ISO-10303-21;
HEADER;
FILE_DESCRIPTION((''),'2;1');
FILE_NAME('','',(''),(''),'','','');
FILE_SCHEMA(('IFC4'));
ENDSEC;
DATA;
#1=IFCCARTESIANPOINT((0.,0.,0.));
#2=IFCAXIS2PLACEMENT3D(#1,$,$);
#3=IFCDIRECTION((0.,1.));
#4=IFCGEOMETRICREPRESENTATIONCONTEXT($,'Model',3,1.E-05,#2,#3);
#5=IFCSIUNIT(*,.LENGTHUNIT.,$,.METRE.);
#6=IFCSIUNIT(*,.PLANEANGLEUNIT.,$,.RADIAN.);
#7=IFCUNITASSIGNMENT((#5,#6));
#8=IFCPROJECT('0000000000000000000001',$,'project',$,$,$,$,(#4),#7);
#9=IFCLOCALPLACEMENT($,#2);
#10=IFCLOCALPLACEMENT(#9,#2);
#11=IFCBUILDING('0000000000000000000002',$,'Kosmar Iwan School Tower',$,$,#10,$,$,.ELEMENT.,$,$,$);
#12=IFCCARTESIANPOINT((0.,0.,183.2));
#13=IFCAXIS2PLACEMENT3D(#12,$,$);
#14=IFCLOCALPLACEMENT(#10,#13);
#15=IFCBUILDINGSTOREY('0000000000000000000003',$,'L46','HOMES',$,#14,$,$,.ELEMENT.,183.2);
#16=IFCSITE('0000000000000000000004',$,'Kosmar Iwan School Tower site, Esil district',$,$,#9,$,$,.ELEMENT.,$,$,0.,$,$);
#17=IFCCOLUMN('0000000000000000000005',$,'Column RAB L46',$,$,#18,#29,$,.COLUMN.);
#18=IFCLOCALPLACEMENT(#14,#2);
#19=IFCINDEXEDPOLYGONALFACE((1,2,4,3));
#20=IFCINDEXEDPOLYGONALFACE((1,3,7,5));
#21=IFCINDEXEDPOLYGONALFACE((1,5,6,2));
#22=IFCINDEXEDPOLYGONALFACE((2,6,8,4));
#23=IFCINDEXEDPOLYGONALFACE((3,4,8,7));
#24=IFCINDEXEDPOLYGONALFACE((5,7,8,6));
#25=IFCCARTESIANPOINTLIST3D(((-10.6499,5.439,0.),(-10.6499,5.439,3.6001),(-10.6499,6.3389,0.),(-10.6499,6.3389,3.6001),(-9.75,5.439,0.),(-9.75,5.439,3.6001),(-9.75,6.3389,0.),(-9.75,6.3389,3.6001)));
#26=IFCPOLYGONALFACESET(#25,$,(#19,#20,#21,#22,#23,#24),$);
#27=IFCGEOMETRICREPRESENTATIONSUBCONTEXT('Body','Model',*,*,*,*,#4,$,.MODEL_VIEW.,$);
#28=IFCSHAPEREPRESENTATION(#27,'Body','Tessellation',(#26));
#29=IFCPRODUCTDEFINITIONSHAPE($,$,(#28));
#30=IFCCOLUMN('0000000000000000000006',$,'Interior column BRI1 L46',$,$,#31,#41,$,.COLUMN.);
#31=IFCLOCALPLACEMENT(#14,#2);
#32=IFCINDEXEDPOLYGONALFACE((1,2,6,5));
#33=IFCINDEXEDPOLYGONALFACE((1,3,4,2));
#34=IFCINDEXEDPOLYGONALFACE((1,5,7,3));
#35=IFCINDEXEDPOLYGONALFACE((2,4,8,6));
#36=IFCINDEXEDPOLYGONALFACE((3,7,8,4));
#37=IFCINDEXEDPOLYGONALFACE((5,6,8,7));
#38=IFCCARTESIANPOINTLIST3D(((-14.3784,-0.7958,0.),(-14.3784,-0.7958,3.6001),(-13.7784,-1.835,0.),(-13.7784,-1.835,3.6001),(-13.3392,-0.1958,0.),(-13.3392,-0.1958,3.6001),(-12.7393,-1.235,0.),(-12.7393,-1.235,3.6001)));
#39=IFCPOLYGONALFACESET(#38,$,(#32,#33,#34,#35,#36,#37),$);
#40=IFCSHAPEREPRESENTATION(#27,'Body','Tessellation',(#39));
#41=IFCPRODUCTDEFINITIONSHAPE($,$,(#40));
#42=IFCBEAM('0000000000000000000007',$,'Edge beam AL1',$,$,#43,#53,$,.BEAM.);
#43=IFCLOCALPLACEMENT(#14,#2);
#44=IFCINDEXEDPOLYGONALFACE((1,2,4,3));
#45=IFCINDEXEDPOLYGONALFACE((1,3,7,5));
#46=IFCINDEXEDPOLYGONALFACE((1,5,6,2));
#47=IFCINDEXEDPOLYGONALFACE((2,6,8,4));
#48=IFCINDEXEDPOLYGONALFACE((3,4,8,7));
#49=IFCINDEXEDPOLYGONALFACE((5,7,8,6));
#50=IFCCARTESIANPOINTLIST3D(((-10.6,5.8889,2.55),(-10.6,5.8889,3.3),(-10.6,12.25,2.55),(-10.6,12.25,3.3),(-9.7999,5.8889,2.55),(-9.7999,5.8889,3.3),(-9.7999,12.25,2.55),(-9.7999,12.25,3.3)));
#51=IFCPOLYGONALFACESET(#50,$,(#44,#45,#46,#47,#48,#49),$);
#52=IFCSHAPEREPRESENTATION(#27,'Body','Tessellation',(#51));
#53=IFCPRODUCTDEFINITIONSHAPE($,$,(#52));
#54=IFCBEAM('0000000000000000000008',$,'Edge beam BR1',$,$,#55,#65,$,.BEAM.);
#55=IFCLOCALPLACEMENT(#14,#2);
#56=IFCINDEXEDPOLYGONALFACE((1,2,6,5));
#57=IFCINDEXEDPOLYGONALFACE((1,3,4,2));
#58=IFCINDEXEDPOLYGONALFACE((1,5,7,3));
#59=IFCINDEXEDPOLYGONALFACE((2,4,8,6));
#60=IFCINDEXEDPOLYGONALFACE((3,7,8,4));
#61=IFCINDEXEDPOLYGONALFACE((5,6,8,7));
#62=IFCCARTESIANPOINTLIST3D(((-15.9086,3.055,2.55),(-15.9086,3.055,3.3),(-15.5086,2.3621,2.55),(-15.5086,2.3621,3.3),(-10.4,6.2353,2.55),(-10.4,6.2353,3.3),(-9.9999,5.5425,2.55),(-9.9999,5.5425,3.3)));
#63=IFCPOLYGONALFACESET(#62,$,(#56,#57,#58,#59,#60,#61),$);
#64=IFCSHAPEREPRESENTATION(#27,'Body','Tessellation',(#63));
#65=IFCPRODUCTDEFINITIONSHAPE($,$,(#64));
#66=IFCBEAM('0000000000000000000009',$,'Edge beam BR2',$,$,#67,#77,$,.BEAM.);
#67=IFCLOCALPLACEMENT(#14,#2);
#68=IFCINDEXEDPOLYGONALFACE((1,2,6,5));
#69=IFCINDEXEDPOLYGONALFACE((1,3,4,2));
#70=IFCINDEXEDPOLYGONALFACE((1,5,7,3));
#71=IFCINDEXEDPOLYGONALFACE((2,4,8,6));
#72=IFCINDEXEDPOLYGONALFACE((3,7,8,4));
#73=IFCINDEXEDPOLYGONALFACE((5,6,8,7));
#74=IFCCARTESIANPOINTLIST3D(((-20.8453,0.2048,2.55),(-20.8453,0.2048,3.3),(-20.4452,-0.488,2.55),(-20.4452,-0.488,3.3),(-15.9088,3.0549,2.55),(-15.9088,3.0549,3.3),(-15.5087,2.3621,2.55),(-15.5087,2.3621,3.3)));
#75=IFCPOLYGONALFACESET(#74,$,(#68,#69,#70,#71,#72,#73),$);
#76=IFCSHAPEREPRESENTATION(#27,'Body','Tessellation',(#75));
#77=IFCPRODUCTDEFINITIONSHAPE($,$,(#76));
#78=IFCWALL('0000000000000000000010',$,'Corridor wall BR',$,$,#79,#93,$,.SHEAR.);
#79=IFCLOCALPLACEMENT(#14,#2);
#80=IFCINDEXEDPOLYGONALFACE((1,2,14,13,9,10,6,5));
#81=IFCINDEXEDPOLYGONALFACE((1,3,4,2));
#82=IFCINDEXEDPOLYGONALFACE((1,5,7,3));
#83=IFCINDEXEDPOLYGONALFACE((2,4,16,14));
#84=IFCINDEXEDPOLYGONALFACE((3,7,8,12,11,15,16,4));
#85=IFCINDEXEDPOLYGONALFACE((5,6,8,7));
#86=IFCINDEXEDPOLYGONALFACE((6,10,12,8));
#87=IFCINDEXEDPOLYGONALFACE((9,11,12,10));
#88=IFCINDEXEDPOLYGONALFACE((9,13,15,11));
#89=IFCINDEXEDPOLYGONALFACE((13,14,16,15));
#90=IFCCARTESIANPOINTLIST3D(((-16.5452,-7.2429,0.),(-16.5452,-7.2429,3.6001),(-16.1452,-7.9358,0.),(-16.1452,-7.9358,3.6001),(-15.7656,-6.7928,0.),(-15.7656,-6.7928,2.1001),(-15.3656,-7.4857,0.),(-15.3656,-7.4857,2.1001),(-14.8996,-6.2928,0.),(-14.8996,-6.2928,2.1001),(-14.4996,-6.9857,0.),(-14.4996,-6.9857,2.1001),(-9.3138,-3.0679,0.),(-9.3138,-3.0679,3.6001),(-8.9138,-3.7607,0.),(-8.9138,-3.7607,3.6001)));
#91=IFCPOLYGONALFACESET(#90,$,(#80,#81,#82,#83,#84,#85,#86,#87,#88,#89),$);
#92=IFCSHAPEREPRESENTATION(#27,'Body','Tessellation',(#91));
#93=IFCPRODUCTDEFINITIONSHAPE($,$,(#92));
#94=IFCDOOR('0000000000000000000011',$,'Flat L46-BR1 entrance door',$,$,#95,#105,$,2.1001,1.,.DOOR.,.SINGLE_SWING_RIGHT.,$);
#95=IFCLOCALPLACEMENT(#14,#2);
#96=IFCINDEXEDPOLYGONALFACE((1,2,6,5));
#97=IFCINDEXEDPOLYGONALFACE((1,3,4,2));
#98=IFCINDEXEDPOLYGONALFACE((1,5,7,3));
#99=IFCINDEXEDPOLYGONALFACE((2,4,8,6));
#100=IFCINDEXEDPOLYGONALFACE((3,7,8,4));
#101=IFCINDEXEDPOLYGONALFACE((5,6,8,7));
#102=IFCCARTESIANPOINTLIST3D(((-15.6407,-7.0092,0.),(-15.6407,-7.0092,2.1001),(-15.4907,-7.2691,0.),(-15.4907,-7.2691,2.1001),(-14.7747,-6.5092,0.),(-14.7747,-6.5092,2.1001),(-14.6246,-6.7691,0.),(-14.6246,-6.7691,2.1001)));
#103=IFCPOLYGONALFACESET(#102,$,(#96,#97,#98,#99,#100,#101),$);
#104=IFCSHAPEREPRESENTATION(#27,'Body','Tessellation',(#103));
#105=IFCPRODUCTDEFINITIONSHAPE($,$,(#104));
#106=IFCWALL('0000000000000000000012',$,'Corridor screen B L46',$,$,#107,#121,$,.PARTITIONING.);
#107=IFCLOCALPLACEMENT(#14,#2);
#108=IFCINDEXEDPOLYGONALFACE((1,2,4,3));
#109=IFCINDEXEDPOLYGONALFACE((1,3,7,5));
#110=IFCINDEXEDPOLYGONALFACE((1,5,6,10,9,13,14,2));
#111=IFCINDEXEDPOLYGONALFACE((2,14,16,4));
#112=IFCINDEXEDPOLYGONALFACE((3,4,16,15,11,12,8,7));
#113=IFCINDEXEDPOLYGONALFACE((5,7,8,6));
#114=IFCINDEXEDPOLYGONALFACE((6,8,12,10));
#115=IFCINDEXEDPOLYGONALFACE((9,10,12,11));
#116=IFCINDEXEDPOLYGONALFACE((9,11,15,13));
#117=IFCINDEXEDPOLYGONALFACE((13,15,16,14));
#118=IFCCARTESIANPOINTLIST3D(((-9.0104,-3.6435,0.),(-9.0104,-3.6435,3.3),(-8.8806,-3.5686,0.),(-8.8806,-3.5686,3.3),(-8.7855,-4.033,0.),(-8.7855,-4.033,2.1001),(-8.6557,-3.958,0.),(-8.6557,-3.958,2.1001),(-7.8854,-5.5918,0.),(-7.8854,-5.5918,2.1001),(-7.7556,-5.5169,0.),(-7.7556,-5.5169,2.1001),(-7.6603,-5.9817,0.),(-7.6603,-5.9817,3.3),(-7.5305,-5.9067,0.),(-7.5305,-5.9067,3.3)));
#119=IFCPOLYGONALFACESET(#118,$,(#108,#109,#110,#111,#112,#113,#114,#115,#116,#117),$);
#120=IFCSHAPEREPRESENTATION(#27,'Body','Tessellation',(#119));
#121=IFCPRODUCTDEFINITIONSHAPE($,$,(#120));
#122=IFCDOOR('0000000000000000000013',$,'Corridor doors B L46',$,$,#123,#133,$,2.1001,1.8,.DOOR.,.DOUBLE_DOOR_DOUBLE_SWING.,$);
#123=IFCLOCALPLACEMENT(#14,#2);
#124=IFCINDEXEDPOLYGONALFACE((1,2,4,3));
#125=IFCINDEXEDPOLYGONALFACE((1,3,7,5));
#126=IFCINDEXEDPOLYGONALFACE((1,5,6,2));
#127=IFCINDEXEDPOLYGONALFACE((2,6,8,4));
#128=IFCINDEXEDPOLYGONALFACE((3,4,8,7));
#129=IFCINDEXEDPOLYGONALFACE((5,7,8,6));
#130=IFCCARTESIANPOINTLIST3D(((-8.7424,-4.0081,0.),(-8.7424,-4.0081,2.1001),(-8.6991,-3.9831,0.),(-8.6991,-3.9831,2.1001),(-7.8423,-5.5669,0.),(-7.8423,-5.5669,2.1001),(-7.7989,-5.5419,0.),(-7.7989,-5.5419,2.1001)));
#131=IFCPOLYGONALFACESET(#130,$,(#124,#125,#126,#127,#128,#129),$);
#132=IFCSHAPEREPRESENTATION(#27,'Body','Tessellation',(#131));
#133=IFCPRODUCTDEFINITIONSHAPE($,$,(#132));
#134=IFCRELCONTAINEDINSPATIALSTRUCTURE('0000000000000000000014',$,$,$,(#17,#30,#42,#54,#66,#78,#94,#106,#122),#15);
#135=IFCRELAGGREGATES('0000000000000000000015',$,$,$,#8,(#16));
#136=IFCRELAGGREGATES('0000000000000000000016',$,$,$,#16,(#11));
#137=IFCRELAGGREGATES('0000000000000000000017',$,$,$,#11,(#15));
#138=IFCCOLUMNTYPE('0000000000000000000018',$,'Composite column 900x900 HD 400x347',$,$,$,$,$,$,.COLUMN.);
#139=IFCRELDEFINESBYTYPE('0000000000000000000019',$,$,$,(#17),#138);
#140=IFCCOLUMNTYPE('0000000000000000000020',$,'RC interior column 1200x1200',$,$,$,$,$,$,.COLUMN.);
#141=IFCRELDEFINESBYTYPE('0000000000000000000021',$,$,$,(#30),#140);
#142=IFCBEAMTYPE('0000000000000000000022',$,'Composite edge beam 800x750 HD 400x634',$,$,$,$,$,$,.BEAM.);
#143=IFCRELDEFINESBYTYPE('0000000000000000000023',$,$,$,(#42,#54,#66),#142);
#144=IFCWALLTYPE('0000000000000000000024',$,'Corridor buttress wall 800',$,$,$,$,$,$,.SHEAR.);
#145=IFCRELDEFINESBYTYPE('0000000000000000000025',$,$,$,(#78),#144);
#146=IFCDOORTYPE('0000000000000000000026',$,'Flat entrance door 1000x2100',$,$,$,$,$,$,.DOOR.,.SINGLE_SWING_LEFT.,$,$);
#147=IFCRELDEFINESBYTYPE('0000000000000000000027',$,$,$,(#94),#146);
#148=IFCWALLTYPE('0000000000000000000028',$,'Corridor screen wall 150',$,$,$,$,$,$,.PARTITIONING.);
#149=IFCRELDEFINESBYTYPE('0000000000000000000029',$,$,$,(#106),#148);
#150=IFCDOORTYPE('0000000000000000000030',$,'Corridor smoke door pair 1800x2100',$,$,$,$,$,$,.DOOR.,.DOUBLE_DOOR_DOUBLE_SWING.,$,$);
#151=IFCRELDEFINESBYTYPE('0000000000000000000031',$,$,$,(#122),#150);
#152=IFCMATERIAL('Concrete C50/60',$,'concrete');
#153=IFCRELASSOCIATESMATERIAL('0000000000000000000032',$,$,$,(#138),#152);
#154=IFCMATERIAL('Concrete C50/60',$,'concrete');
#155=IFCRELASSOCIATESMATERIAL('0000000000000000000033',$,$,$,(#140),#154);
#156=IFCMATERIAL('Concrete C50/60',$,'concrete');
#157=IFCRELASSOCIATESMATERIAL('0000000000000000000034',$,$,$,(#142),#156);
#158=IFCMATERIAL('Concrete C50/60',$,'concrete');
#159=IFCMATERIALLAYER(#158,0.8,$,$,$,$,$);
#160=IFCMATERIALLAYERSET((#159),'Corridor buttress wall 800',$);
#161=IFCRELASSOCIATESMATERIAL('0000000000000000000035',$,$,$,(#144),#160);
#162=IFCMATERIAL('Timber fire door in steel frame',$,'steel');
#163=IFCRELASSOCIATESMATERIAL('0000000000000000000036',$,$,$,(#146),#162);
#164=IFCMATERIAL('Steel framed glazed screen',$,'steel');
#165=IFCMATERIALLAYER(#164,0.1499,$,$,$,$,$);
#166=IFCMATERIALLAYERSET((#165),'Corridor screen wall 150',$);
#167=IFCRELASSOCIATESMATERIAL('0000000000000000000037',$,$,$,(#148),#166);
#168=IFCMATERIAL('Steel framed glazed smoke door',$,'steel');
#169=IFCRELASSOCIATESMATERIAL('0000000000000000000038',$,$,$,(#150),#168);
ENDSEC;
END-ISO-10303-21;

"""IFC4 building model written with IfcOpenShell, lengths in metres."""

from ifc_helpers import new_model, si_unit, direction, frame, frame_2d, origin, origin_2d, place, context, subcontext, project, spatial, rectangle, extrude, material, layer, layer_set, material_profile, profile_set, type_object, element, fill, save


model = new_model("IFC4")

# Units and contexts
model_context = context("Model", 3, precision=1e-05, world=origin(), true_north=direction((0.0, 1.0)))
body_context = subcontext(model_context, "Body", "Model", "MODEL_VIEW")
ifc_project = project(units=[si_unit("LENGTHUNIT", "METRE"), si_unit("PLANEANGLEUNIT", "RADIAN")], contexts=[model_context])

# Site, building, storey
site_placement = place(None, origin())
site = spatial("IfcSite", under=ifc_project, at=site_placement, Name="Kosmar Iwan School Tower site, Esil district", CompositionType="ELEMENT", RefElevation=0.0)
building_placement = place(site_placement, origin())
building = spatial("IfcBuilding", under=site, at=building_placement, Name="Kosmar Iwan School Tower", CompositionType="ELEMENT")
storey_placement = place(building_placement, frame((0.0, 0.0, 183.2)))
storey = spatial("IfcBuildingStorey", under=building, at=storey_placement, Name="L46", Description="HOMES", CompositionType="ELEMENT", Elevation=183.2)

# Columns
ifc_material_1 = material(Name="Concrete C50/60", Category="concrete")
ifc_material_profile_1 = material_profile(ifc_material_1, rectangle(XDim=0.8999, YDim=0.8999, at=origin_2d()), Name="RC 900x900 + HD 400x347")
ifc_profile_set_1 = profile_set([ifc_material_profile_1], Name="Concrete C50/60")
column_type_1 = type_object("IfcColumnType", Name="Composite column 900x900 HD 400x347", PredefinedType="COLUMN", material=ifc_profile_set_1)
column_1_placement = place(storey_placement, frame((-10.2, 5.8889, 0.0), z_axis=(0.0, 0.0, 1.0), x_axis=(1.0, 0.0, 0.0)))
element("IfcColumn", 1, at=column_1_placement, inside=storey, type_object=column_type_1, Name="Column RAB L46", PredefinedType="COLUMN", context=body_context, shape_type="SweptSolid", body=[
    extrude(rectangle(XDim=0.8999, YDim=0.8999, at=origin_2d()), origin(), (0.0, 0.0, 1.0), 3.6001),
])
ifc_material_2 = material(Name="Concrete C50/60", Category="concrete")
ifc_material_profile_2 = material_profile(ifc_material_2, rectangle(XDim=1.2, YDim=1.2, at=origin_2d()), Name="RC 1200x1200")
ifc_profile_set_2 = profile_set([ifc_material_profile_2], Name="Concrete C50/60")
column_type_2 = type_object("IfcColumnType", Name="RC interior column 1200x1200", PredefinedType="COLUMN", material=ifc_profile_set_2)
column_2_placement = place(storey_placement, frame((-13.5588, -1.0154, 0.0), z_axis=(0.0, 0.0, 1.0), x_axis=(-0.866025, -0.5, 0.0)))
element("IfcColumn", 2, at=column_2_placement, inside=storey, type_object=column_type_2, Name="Interior column BRI1 L46", PredefinedType="COLUMN", context=body_context, shape_type="SweptSolid", body=[
    extrude(rectangle(XDim=1.2, YDim=1.2, at=origin_2d()), origin(), (0.0, 0.0, 1.0), 3.6001),
])

# Beams
ifc_material_3 = material(Name="Concrete C50/60", Category="concrete")
ifc_material_profile_3 = material_profile(ifc_material_3, rectangle(XDim=0.8, YDim=0.75, at=origin_2d()), Name="RC 800x750 + HD 400x634")
ifc_profile_set_3 = profile_set([ifc_material_profile_3], Name="Concrete C50/60")
beam_type = type_object("IfcBeamType", Name="Composite edge beam 800x750 HD 400x634", PredefinedType="BEAM", material=ifc_profile_set_3)
beam_1_placement = place(storey_placement, frame((-10.2, 5.8889, 2.925), z_axis=(0.0, 1.0, 0.0), x_axis=(-1.0, 0.0, 0.0)))
element("IfcBeam", 3, at=beam_1_placement, inside=storey, type_object=beam_type, Name="Edge beam AL1", PredefinedType="BEAM", context=body_context, shape_type="SweptSolid", body=[
    extrude(rectangle(XDim=0.8, YDim=0.75, at=origin_2d()), origin(), (0.0, 0.0, 1.0), 6.3611),
])
beam_2_placement = place(storey_placement, frame((-10.2, 5.8889, 2.925), z_axis=(-0.866031, -0.49999, 0.0), x_axis=(0.49999, -0.866031, 0.0)))
element("IfcBeam", 4, at=beam_2_placement, inside=storey, type_object=beam_type, Name="Edge beam BR1", PredefinedType="BEAM", context=body_context, shape_type="SweptSolid", body=[
    extrude(rectangle(XDim=0.8, YDim=0.75, at=origin_2d()), origin(), (0.0, 0.0, 1.0), 6.3608),
])
beam_3_placement = place(storey_placement, frame((-15.7087, 2.7085, 2.925), z_axis=(-0.866026, -0.499999, 0.0), x_axis=(0.499999, -0.866026, 0.0)))
element("IfcBeam", 5, at=beam_3_placement, inside=storey, type_object=beam_type, Name="Edge beam BR2", PredefinedType="BEAM", context=body_context, shape_type="SweptSolid", body=[
    extrude(rectangle(XDim=0.8, YDim=0.75, at=origin_2d()), origin(), (0.0, 0.0, 1.0), 5.7002),
])

# Walls, openings, doors
ifc_material_4 = material(Name="Concrete C50/60", Category="concrete")
ifc_layer_1 = layer(ifc_material_4, 0.8)
ifc_layer_set_1 = layer_set([ifc_layer_1], Name="Corridor buttress wall 800")
wall_type_1 = type_object("IfcWallType", Name="Corridor buttress wall 800", PredefinedType="SHEAR", material=ifc_layer_set_1)
wall_1_placement = place(storey_placement, frame((-9.1138, -3.4143, 0.0), z_axis=(0.0, 0.0, 1.0), x_axis=(-0.866027, -0.499997, 0.0)))
wall_1 = element("IfcWall", 6, at=wall_1_placement, inside=storey, type_object=wall_type_1, Name="Corridor wall BR", PredefinedType="SHEAR", context=body_context, shape_type="SweptSolid", body=[
    extrude(rectangle(XDim=8.3501, YDim=0.8, at=frame_2d((4.175, 0.0))), origin(), (0.0, 0.0, 1.0), 3.6001),
])
opening_1_placement = place(wall_1_placement, frame((6.45, 0.0, 0.0)))
opening_1 = element("IfcOpeningElement", 7, at=opening_1_placement, cuts=wall_1, PredefinedType="OPENING", context=body_context, shape_type="SweptSolid", body=[
    extrude(rectangle(XDim=1.0, YDim=2.1001, at=frame_2d((0.5, 1.05))), frame((0.0, 0.4121, 0.0), z_axis=(0.0, -1.0, 0.0), x_axis=(1.0, 0.0, 0.0)), (0.0, 0.0, 1.0), 0.824),
])
ifc_material_5 = material(Name="Timber fire door in steel frame", Category="steel")
door_type_1 = type_object("IfcDoorType", Name="Flat entrance door 1000x2100", OperationType="SINGLE_SWING_LEFT", PredefinedType="DOOR", material=ifc_material_5)
door_1_placement = place(opening_1_placement, origin())
door_1 = element("IfcDoor", 8, at=door_1_placement, inside=storey, type_object=door_type_1, Name="Flat L46-BR1 entrance door", OperationType="SINGLE_SWING_RIGHT", OverallHeight=2.1001, OverallWidth=1.0, PredefinedType="DOOR", context=body_context, shape_type="SweptSolid", body=[
    extrude(rectangle(XDim=1.0, YDim=2.1001, at=frame_2d((0.5, 1.05))), frame((0.0, 0.1499, 0.0), z_axis=(0.0, -1.0, 0.0), x_axis=(1.0, 0.0, 0.0)), (0.0, 0.0, 1.0), 0.3),
])
fill(opening_1, door_1)
ifc_material_6 = material(Name="Steel framed glazed screen", Category="steel")
ifc_layer_2 = layer(ifc_material_6, 0.1499)
ifc_layer_set_2 = layer_set([ifc_layer_2], Name="Corridor screen wall 150")
wall_type_2 = type_object("IfcWallType", Name="Corridor screen wall 150", PredefinedType="PARTITIONING", material=ifc_layer_set_2)
wall_2_placement = place(storey_placement, frame((-8.9456, -3.606, 0.0), z_axis=(0.0, 0.0, 1.0), x_axis=(0.500049, -0.865997, 0.0)))
wall_2 = element("IfcWall", 9, at=wall_2_placement, inside=storey, type_object=wall_type_2, Name="Corridor screen B L46", PredefinedType="PARTITIONING", context=body_context, shape_type="SweptSolid", body=[
    extrude(rectangle(XDim=2.7, YDim=0.1499, at=frame_2d((1.3501, 0.0))), origin(), (0.0, 0.0, 1.0), 3.3),
])
opening_2_placement = place(wall_2_placement, frame((0.45, 0.0, 0.0)))
opening_2 = element("IfcOpeningElement", 10, at=opening_2_placement, cuts=wall_2, PredefinedType="OPENING", context=body_context, shape_type="SweptSolid", body=[
    extrude(rectangle(XDim=1.8, YDim=2.1001, at=frame_2d((0.8999, 1.05))), frame((0.0, 0.0869, 0.0), z_axis=(0.0, -1.0, 0.0), x_axis=(1.0, 0.0, 0.0)), (0.0, 0.0, 1.0), 0.1738),
])
ifc_material_7 = material(Name="Steel framed glazed smoke door", Category="steel")
door_type_2 = type_object("IfcDoorType", Name="Corridor smoke door pair 1800x2100", OperationType="DOUBLE_DOOR_DOUBLE_SWING", PredefinedType="DOOR", material=ifc_material_7)
door_2_placement = place(opening_2_placement, origin())
door_2 = element("IfcDoor", 11, at=door_2_placement, inside=storey, type_object=door_type_2, Name="Corridor doors B L46", OperationType="DOUBLE_DOOR_DOUBLE_SWING", OverallHeight=2.1001, OverallWidth=1.8, PredefinedType="DOOR", context=body_context, shape_type="SweptSolid", body=[
    extrude(rectangle(XDim=1.8, YDim=2.1001, at=frame_2d((0.8999, 1.05))), frame((0.0, 0.0249, 0.0), z_axis=(0.0, -1.0, 0.0), x_axis=(1.0, 0.0, 0.0)), (0.0, 0.0, 1.0), 0.05),
])
fill(opening_2, door_2)

save(model, "model.ifc")
